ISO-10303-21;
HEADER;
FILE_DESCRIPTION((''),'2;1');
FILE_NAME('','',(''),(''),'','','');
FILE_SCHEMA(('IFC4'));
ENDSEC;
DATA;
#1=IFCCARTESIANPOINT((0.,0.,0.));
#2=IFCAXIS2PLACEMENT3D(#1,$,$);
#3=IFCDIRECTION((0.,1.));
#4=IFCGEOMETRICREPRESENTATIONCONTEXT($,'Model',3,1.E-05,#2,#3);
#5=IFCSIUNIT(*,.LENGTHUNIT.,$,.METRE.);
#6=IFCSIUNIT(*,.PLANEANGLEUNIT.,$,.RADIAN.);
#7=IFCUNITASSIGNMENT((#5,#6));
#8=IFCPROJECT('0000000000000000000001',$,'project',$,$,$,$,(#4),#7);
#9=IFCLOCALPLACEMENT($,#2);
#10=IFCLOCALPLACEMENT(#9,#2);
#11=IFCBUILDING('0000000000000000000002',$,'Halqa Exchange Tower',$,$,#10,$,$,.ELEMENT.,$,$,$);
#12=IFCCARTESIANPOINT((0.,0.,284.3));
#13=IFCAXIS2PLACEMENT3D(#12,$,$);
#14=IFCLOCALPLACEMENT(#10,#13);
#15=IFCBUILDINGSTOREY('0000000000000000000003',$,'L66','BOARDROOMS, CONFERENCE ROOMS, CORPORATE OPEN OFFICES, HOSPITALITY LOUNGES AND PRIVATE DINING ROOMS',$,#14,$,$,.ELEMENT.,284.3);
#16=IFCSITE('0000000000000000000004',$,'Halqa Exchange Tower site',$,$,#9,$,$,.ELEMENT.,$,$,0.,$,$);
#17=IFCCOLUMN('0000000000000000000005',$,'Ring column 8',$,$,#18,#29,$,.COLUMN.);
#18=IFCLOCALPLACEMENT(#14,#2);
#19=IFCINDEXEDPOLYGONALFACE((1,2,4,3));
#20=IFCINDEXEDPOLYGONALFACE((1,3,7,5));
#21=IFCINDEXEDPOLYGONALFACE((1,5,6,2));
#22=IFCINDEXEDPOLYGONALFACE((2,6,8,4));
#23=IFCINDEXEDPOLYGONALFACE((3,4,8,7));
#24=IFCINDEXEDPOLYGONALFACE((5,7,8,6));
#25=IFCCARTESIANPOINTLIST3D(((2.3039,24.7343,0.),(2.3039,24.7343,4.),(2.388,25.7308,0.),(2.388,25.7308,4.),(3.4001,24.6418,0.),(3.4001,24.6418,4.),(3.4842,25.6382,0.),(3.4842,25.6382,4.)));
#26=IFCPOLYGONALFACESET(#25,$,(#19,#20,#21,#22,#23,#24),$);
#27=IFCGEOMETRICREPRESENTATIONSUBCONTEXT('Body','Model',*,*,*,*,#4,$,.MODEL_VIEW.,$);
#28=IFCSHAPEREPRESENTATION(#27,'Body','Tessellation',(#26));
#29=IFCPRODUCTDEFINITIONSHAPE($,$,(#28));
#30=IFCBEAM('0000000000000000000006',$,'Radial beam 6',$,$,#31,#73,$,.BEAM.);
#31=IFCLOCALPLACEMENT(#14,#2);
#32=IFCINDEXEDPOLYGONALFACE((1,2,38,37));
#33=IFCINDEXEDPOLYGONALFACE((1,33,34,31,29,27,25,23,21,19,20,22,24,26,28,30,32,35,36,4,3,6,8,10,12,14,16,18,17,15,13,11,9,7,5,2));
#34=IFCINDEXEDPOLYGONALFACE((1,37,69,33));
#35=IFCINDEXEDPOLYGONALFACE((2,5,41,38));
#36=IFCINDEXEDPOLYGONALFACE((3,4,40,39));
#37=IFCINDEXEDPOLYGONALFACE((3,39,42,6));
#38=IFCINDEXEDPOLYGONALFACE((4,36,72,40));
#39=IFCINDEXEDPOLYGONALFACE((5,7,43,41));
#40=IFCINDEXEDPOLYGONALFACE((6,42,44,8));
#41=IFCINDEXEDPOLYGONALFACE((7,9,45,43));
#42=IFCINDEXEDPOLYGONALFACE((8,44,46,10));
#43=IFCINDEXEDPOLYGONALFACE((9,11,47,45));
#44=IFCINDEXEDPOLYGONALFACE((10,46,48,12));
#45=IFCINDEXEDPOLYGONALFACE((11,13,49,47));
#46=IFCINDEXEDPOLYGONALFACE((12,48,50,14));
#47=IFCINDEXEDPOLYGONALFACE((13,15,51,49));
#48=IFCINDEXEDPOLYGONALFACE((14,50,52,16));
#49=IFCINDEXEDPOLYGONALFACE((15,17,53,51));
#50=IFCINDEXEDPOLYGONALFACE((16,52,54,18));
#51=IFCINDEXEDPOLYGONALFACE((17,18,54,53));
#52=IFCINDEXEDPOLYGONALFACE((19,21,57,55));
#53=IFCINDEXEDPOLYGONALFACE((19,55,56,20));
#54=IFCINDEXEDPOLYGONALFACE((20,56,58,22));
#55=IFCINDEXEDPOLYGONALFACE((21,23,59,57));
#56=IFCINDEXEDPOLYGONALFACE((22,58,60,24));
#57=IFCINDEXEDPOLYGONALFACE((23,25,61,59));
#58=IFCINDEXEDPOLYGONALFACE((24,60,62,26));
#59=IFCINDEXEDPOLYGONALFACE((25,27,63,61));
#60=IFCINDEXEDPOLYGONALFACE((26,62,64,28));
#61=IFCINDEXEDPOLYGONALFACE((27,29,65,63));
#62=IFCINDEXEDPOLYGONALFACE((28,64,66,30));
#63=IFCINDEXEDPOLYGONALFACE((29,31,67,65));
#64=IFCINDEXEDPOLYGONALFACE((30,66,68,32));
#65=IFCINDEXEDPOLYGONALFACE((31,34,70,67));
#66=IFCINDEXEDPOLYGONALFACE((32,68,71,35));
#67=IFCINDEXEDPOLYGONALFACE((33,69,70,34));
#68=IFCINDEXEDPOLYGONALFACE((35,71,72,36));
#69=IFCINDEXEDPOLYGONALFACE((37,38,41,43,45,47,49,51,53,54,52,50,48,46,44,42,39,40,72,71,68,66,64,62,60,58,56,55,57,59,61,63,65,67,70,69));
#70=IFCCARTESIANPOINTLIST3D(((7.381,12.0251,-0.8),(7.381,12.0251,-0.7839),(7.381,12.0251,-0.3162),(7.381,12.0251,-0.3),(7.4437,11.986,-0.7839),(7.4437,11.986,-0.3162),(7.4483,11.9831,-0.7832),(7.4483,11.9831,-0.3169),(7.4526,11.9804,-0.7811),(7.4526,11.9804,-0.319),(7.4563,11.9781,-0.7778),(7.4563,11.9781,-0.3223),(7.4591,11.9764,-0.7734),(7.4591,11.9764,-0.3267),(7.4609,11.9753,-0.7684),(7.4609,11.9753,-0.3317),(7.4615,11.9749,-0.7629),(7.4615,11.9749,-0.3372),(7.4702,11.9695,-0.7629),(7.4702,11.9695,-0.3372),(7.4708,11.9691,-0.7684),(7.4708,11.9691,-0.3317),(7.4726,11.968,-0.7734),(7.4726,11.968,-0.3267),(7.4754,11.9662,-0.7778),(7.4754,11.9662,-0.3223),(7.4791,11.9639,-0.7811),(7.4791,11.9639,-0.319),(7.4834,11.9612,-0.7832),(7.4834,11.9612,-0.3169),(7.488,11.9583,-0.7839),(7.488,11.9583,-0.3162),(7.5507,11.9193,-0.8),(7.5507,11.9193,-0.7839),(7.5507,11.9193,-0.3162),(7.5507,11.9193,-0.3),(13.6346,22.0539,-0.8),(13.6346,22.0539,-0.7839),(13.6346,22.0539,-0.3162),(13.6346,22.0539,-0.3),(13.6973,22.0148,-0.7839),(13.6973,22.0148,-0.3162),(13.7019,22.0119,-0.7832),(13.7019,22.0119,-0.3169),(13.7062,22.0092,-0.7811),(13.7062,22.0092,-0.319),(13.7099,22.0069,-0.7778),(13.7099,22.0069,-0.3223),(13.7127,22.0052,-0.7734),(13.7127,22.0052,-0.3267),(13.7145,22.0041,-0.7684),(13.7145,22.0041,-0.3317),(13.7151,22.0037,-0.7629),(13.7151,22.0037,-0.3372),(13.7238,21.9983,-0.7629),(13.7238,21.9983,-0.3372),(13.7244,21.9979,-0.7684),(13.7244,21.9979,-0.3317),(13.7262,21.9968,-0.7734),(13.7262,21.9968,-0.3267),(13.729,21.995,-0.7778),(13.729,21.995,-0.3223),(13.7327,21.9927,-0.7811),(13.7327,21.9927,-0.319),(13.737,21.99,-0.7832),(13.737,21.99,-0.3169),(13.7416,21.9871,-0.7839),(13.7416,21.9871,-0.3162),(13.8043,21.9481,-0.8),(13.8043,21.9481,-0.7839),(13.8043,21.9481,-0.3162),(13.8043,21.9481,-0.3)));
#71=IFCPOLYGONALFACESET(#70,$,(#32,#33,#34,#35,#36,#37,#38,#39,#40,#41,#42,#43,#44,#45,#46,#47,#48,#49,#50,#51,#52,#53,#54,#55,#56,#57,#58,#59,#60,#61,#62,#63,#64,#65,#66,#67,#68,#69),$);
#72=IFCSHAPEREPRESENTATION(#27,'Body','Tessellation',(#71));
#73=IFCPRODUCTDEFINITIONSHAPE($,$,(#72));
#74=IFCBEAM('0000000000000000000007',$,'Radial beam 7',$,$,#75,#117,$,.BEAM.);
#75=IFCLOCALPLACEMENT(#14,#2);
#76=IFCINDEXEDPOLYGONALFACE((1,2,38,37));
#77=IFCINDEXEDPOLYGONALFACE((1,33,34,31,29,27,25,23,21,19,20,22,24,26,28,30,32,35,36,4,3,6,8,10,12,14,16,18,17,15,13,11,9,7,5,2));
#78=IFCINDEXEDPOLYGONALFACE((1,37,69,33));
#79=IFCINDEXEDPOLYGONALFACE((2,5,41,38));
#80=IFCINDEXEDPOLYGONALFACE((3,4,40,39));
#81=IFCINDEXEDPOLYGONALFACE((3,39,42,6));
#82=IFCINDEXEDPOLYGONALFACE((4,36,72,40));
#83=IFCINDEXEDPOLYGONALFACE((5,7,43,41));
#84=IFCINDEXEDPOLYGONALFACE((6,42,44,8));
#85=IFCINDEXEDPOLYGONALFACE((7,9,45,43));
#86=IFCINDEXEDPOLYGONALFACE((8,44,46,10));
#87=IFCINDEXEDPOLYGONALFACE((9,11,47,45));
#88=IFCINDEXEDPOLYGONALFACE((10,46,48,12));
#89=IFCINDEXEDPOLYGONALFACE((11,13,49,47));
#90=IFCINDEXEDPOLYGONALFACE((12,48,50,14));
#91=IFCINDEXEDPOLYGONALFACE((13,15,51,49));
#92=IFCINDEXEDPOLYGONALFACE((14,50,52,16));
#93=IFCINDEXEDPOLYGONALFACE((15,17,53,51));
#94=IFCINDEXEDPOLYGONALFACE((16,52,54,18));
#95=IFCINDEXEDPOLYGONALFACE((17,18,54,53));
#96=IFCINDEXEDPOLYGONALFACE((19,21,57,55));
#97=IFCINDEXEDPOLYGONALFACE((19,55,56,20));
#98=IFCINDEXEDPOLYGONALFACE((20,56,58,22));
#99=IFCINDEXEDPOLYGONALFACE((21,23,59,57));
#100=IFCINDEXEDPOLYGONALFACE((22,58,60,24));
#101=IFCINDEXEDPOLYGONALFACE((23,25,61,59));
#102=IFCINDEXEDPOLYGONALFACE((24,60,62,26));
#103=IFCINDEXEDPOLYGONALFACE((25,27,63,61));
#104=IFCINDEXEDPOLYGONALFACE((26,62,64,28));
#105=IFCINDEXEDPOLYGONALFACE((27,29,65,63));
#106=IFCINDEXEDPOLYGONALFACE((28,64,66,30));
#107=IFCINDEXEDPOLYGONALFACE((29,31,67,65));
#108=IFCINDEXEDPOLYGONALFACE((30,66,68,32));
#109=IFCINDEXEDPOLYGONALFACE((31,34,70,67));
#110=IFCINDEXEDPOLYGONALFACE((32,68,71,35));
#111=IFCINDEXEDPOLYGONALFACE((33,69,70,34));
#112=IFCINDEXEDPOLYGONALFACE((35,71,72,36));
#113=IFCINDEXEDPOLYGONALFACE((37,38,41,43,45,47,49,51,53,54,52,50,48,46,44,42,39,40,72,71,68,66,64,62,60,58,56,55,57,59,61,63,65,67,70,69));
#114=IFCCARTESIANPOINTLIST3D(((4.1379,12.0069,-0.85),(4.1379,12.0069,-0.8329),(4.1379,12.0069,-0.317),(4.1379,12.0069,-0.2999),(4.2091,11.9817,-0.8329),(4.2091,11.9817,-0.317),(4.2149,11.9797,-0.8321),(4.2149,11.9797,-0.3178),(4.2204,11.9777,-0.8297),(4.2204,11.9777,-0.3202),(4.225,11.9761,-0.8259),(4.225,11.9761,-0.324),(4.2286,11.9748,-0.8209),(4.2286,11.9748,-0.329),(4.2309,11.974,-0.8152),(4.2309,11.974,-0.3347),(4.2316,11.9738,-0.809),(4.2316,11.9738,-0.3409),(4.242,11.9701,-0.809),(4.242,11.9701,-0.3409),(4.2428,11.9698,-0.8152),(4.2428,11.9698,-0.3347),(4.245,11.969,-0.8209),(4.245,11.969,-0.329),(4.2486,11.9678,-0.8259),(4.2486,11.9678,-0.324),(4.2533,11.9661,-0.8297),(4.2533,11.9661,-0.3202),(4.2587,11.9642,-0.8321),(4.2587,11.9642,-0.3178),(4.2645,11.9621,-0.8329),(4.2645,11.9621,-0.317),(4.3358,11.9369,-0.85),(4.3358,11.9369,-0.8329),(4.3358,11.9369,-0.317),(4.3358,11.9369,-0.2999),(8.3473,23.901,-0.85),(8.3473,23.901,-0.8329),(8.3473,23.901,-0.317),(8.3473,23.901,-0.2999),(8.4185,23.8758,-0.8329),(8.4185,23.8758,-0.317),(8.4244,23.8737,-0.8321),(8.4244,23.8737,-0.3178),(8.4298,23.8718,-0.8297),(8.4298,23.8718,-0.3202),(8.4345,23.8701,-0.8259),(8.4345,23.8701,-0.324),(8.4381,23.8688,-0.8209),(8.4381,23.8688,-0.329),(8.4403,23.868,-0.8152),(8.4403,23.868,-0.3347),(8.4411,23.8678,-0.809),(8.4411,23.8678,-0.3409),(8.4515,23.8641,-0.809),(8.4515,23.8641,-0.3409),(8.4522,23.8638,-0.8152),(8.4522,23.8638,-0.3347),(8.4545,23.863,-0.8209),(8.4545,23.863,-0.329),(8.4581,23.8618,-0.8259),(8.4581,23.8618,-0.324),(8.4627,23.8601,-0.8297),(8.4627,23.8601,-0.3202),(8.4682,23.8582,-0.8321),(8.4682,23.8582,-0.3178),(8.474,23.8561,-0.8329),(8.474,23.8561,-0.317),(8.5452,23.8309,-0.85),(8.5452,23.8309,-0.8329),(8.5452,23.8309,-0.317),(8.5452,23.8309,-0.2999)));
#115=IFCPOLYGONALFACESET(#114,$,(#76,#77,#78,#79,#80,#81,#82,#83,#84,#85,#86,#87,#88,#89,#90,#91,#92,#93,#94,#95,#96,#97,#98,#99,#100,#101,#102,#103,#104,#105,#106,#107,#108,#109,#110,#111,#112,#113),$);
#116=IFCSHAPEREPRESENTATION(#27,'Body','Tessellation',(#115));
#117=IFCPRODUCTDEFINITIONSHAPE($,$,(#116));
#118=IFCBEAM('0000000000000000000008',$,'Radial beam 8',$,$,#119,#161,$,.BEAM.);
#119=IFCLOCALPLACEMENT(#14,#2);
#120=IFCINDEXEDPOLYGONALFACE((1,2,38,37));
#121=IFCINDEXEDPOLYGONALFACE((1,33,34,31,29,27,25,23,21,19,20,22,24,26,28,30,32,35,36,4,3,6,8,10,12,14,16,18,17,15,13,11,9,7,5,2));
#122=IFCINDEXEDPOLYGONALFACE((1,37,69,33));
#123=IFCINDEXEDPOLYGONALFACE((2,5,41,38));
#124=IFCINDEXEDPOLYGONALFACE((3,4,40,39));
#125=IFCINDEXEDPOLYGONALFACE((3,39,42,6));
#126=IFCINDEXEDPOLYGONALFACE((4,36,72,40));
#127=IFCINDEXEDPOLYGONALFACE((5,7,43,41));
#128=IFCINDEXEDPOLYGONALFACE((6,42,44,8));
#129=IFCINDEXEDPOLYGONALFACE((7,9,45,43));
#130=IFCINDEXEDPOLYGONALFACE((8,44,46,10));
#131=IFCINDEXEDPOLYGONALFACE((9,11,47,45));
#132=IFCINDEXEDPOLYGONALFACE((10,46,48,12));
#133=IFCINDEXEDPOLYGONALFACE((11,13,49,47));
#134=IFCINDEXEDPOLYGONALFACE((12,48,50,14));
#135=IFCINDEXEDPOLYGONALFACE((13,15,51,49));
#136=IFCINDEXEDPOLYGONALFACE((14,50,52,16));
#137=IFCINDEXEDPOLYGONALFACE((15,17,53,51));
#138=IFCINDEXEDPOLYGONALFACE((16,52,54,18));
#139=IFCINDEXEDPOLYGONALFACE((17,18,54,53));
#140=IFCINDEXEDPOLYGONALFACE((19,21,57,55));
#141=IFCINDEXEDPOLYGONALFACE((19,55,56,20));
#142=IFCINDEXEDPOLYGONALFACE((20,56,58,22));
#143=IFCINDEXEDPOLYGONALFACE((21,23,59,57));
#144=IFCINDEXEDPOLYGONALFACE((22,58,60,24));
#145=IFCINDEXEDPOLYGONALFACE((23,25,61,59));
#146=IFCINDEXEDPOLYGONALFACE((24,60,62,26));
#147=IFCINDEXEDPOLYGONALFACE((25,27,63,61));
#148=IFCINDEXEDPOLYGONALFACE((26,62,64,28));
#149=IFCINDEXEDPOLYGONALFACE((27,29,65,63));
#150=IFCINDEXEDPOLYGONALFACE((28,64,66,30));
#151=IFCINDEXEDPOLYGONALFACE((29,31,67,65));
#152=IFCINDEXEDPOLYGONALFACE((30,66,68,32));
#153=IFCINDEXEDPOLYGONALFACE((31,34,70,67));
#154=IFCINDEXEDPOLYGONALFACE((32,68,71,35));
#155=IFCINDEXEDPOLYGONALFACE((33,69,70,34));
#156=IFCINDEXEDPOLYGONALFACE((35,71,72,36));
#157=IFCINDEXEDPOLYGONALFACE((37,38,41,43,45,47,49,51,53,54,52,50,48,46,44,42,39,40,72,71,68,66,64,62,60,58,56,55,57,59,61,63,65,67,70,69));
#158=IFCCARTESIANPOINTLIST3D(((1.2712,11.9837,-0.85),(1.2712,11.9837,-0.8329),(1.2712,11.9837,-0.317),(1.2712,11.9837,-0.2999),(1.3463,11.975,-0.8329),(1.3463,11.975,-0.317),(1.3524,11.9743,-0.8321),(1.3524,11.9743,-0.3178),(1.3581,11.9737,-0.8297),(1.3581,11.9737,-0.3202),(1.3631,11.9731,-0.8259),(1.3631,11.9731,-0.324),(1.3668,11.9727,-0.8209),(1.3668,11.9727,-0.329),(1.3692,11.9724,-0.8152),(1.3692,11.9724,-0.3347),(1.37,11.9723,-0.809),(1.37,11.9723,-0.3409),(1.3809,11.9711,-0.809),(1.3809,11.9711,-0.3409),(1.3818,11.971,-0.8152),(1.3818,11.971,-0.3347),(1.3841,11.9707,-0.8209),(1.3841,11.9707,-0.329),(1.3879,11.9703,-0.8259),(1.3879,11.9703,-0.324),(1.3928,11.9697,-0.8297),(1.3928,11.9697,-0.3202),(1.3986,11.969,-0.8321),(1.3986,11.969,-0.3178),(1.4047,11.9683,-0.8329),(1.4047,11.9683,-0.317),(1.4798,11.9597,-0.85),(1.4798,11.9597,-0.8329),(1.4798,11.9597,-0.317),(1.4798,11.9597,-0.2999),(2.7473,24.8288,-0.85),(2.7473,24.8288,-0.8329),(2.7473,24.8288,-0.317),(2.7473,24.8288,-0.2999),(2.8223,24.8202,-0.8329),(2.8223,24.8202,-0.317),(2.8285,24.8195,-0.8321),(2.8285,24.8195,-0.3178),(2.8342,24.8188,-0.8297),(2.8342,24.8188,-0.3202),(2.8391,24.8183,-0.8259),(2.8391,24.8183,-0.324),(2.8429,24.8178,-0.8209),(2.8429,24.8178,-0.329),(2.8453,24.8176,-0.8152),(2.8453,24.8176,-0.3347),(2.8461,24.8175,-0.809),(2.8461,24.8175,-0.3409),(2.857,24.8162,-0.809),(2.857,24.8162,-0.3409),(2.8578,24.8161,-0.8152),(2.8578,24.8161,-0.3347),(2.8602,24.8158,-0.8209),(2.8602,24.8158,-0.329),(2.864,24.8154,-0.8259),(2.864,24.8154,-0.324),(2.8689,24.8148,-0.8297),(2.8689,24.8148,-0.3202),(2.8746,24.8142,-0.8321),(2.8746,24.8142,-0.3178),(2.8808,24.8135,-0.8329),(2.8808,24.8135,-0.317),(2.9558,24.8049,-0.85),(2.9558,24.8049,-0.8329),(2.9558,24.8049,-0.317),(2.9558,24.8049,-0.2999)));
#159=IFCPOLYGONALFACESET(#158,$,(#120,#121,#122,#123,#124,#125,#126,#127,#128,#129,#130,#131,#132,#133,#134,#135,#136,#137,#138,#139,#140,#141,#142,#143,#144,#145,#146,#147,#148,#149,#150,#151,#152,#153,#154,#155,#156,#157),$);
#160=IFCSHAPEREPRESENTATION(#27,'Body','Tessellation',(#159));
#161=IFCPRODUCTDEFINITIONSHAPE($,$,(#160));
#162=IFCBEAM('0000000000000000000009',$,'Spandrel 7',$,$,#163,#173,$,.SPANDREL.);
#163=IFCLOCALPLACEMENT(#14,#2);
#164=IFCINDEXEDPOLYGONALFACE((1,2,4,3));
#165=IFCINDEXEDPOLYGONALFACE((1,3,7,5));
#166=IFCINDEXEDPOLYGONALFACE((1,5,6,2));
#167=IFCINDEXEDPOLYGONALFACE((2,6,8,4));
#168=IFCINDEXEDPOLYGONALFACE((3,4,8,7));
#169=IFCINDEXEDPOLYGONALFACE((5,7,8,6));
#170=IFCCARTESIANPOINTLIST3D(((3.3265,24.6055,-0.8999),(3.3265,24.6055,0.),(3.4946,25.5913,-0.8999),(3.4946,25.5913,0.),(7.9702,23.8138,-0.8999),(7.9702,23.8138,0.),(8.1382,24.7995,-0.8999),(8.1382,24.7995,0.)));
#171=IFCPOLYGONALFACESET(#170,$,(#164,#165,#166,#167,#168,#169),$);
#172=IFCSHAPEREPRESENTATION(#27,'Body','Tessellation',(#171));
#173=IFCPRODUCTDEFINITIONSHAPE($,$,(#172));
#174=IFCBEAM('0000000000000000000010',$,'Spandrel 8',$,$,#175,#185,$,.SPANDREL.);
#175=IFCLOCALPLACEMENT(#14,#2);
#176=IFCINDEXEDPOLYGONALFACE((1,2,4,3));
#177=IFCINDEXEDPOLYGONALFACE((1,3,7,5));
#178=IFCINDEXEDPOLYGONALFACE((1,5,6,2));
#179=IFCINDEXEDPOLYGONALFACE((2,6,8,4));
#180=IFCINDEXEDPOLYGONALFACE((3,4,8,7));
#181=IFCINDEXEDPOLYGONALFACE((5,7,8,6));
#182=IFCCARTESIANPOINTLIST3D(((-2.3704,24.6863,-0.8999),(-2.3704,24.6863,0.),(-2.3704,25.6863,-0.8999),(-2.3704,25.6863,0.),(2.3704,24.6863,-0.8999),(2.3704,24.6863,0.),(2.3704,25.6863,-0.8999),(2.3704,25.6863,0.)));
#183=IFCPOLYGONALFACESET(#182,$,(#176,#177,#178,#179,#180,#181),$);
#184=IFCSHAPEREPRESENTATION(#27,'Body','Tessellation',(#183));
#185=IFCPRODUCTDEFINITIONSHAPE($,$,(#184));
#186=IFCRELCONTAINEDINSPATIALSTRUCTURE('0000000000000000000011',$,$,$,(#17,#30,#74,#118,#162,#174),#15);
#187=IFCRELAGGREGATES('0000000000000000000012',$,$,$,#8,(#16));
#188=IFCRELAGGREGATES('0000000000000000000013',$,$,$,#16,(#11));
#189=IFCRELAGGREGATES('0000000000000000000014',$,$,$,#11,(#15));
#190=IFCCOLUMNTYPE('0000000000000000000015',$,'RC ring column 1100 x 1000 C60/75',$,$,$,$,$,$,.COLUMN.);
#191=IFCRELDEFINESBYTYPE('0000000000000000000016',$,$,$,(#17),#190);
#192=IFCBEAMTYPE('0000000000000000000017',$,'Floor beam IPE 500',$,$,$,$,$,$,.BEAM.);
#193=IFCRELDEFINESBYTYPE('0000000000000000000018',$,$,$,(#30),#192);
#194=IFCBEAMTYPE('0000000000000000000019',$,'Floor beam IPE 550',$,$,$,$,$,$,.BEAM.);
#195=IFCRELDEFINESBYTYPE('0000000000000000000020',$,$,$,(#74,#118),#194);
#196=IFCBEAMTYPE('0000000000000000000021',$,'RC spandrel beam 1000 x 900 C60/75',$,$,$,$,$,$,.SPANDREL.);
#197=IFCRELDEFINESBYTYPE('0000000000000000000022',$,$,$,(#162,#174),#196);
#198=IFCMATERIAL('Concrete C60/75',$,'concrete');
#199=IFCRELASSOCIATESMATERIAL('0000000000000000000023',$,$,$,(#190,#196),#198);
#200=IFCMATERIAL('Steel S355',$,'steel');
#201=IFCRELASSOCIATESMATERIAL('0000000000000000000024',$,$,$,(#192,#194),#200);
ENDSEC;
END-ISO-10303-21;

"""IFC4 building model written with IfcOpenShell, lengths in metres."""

from ifc_helpers import new_model, si_unit, direction, frame, origin, origin_2d, place, context, subcontext, project, spatial, rectangle, i_section, extrude, material, material_profile, profile_set, type_object, element, save


model = new_model("IFC4")

# Units and contexts
model_context = context("Model", 3, precision=1e-05, world=origin(), true_north=direction((0.0, 1.0)))
body_context = subcontext(model_context, "Body", "Model", "MODEL_VIEW")
ifc_project = project(units=[si_unit("LENGTHUNIT", "METRE"), si_unit("PLANEANGLEUNIT", "RADIAN")], contexts=[model_context])

# Site, building, storey
site_placement = place(None, origin())
site = spatial("IfcSite", under=ifc_project, at=site_placement, Name="Halqa Exchange Tower site", CompositionType="ELEMENT", RefElevation=0.0)
building_placement = place(site_placement, origin())
building = spatial("IfcBuilding", under=site, at=building_placement, Name="Halqa Exchange Tower", CompositionType="ELEMENT")
storey_placement = place(building_placement, frame((0.0, 0.0, 284.3)))
storey = spatial("IfcBuildingStorey", under=building, at=storey_placement, Name="L66", Description="BOARDROOMS, CONFERENCE ROOMS, CORPORATE OPEN OFFICES, HOSPITALITY LOUNGES AND PRIVATE DINING ROOMS", CompositionType="ELEMENT", Elevation=284.3)

# Column
ifc_material_1 = material(Name="Concrete C60/75", Category="concrete")
ifc_material_profile_1 = material_profile(ifc_material_1, rectangle(XDim=1.1001, YDim=1.0, at=origin_2d()), Name="1100 x 1000")
ifc_profile_set_1 = profile_set([ifc_material_profile_1], Name="Concrete C60/75")
column_type = type_object("IfcColumnType", Name="RC ring column 1100 x 1000 C60/75", PredefinedType="COLUMN", material=ifc_profile_set_1)
column_placement = place(storey_placement, frame((2.894, 25.1863, 0.0), z_axis=(0.0, 0.0, 1.0), x_axis=(-0.996456, 0.084121, 0.0)))
element("IfcColumn", 1, at=column_placement, inside=storey, type_object=column_type, Name="Ring column 8", PredefinedType="COLUMN", context=body_context, shape_type="SweptSolid", body=[
    extrude(rectangle(XDim=1.1001, YDim=1.0, at=origin_2d()), origin(), (0.0, 0.0, 1.0), 4.0),
])

# Beams
ifc_material_2 = material(Name="Steel S355", Category="steel")
ifc_material_profile_2 = material_profile(ifc_material_2, i_section(OverallWidth=0.2, OverallDepth=0.5, WebThickness=0.0103, FlangeThickness=0.0161, FilletRadius=0.021, at=origin_2d()), Name="IPE 500")
ifc_profile_set_2 = profile_set([ifc_material_profile_2], Name="Steel S355")
beam_type_1 = type_object("IfcBeamType", Name="Floor beam IPE 500", PredefinedType="BEAM", material=ifc_profile_set_2)
beam_1_placement = place(storey_placement, frame((7.4658, 11.9722, -0.55), z_axis=(0.529126, 0.848543, 0.0), x_axis=(-0.848543, 0.529126, 0.0)))
element("IfcBeam", 2, at=beam_1_placement, inside=storey, type_object=beam_type_1, Name="Radial beam 6", PredefinedType="BEAM", context=body_context, shape_type="SweptSolid", body=[
    extrude(i_section(OverallWidth=0.2, OverallDepth=0.5, WebThickness=0.0103, FlangeThickness=0.0161, FilletRadius=0.021, at=origin_2d()), origin(), (0.0, 0.0, 1.0), 11.8188),
])
ifc_material_profile_3 = material_profile(ifc_material_2, i_section(OverallWidth=0.21, OverallDepth=0.55, WebThickness=0.011, FlangeThickness=0.0171, FilletRadius=0.0239, at=origin_2d()), Name="IPE 550")
ifc_profile_set_3 = profile_set([ifc_material_profile_3], Name="Steel S355")
beam_type_2 = type_object("IfcBeamType", Name="Floor beam IPE 550", PredefinedType="BEAM", material=ifc_profile_set_3)
beam_2_placement = place(storey_placement, frame((4.2368, 11.9719, -0.575), z_axis=(0.333636, 0.942702, 0.0), x_axis=(-0.942702, 0.333636, 0.0)))
element("IfcBeam", 3, at=beam_2_placement, inside=storey, type_object=beam_type_2, Name="Radial beam 7", PredefinedType="BEAM", context=body_context, shape_type="SweptSolid", body=[
    extrude(i_section(OverallWidth=0.21, OverallDepth=0.55, WebThickness=0.011, FlangeThickness=0.0171, FilletRadius=0.0239, at=origin_2d()), origin(), (0.0, 0.0, 1.0), 12.6169),
])
beam_3_placement = place(storey_placement, frame((1.3755, 11.9717, -0.575), z_axis=(0.114161, 0.993462, 0.0), x_axis=(-0.993462, 0.114161, 0.0)))
element("IfcBeam", 4, at=beam_3_placement, inside=storey, type_object=beam_type_2, Name="Radial beam 8", PredefinedType="BEAM", context=body_context, shape_type="SweptSolid", body=[
    extrude(i_section(OverallWidth=0.21, OverallDepth=0.55, WebThickness=0.011, FlangeThickness=0.0171, FilletRadius=0.0239, at=origin_2d()), origin(), (0.0, 0.0, 1.0), 12.9297),
])
ifc_material_profile_4 = material_profile(ifc_material_1, rectangle(XDim=1.0, YDim=0.8999, at=origin_2d()), Name="1000 x 900")
ifc_profile_set_4 = profile_set([ifc_material_profile_4], Name="Concrete C60/75")
beam_type_3 = type_object("IfcBeamType", Name="RC spandrel beam 1000 x 900 C60/75", PredefinedType="SPANDREL", material=ifc_profile_set_4)
beam_4_placement = place(storey_placement, frame((8.0542, 24.3066, -0.45), z_axis=(-0.985775, 0.16807, 0.0), x_axis=(-0.16807, -0.985775, 0.0)))
element("IfcBeam", 5, at=beam_4_placement, inside=storey, type_object=beam_type_3, Name="Spandrel 7", PredefinedType="SPANDREL", context=body_context, shape_type="SweptSolid", body=[
    extrude(rectangle(XDim=1.0, YDim=0.8999, at=origin_2d()), origin(), (0.0, 0.0, 1.0), 4.7107),
])
beam_5_placement = place(storey_placement, frame((2.3704, 25.1863, -0.45), z_axis=(-1.0, 0.0, 0.0), x_axis=(0.0, -1.0, 0.0)))
element("IfcBeam", 6, at=beam_5_placement, inside=storey, type_object=beam_type_3, Name="Spandrel 8", PredefinedType="SPANDREL", context=body_context, shape_type="SweptSolid", body=[
    extrude(rectangle(XDim=1.0, YDim=0.8999, at=origin_2d()), origin(), (0.0, 0.0, 1.0), 4.7407),
])

save(model, "model.ifc")
